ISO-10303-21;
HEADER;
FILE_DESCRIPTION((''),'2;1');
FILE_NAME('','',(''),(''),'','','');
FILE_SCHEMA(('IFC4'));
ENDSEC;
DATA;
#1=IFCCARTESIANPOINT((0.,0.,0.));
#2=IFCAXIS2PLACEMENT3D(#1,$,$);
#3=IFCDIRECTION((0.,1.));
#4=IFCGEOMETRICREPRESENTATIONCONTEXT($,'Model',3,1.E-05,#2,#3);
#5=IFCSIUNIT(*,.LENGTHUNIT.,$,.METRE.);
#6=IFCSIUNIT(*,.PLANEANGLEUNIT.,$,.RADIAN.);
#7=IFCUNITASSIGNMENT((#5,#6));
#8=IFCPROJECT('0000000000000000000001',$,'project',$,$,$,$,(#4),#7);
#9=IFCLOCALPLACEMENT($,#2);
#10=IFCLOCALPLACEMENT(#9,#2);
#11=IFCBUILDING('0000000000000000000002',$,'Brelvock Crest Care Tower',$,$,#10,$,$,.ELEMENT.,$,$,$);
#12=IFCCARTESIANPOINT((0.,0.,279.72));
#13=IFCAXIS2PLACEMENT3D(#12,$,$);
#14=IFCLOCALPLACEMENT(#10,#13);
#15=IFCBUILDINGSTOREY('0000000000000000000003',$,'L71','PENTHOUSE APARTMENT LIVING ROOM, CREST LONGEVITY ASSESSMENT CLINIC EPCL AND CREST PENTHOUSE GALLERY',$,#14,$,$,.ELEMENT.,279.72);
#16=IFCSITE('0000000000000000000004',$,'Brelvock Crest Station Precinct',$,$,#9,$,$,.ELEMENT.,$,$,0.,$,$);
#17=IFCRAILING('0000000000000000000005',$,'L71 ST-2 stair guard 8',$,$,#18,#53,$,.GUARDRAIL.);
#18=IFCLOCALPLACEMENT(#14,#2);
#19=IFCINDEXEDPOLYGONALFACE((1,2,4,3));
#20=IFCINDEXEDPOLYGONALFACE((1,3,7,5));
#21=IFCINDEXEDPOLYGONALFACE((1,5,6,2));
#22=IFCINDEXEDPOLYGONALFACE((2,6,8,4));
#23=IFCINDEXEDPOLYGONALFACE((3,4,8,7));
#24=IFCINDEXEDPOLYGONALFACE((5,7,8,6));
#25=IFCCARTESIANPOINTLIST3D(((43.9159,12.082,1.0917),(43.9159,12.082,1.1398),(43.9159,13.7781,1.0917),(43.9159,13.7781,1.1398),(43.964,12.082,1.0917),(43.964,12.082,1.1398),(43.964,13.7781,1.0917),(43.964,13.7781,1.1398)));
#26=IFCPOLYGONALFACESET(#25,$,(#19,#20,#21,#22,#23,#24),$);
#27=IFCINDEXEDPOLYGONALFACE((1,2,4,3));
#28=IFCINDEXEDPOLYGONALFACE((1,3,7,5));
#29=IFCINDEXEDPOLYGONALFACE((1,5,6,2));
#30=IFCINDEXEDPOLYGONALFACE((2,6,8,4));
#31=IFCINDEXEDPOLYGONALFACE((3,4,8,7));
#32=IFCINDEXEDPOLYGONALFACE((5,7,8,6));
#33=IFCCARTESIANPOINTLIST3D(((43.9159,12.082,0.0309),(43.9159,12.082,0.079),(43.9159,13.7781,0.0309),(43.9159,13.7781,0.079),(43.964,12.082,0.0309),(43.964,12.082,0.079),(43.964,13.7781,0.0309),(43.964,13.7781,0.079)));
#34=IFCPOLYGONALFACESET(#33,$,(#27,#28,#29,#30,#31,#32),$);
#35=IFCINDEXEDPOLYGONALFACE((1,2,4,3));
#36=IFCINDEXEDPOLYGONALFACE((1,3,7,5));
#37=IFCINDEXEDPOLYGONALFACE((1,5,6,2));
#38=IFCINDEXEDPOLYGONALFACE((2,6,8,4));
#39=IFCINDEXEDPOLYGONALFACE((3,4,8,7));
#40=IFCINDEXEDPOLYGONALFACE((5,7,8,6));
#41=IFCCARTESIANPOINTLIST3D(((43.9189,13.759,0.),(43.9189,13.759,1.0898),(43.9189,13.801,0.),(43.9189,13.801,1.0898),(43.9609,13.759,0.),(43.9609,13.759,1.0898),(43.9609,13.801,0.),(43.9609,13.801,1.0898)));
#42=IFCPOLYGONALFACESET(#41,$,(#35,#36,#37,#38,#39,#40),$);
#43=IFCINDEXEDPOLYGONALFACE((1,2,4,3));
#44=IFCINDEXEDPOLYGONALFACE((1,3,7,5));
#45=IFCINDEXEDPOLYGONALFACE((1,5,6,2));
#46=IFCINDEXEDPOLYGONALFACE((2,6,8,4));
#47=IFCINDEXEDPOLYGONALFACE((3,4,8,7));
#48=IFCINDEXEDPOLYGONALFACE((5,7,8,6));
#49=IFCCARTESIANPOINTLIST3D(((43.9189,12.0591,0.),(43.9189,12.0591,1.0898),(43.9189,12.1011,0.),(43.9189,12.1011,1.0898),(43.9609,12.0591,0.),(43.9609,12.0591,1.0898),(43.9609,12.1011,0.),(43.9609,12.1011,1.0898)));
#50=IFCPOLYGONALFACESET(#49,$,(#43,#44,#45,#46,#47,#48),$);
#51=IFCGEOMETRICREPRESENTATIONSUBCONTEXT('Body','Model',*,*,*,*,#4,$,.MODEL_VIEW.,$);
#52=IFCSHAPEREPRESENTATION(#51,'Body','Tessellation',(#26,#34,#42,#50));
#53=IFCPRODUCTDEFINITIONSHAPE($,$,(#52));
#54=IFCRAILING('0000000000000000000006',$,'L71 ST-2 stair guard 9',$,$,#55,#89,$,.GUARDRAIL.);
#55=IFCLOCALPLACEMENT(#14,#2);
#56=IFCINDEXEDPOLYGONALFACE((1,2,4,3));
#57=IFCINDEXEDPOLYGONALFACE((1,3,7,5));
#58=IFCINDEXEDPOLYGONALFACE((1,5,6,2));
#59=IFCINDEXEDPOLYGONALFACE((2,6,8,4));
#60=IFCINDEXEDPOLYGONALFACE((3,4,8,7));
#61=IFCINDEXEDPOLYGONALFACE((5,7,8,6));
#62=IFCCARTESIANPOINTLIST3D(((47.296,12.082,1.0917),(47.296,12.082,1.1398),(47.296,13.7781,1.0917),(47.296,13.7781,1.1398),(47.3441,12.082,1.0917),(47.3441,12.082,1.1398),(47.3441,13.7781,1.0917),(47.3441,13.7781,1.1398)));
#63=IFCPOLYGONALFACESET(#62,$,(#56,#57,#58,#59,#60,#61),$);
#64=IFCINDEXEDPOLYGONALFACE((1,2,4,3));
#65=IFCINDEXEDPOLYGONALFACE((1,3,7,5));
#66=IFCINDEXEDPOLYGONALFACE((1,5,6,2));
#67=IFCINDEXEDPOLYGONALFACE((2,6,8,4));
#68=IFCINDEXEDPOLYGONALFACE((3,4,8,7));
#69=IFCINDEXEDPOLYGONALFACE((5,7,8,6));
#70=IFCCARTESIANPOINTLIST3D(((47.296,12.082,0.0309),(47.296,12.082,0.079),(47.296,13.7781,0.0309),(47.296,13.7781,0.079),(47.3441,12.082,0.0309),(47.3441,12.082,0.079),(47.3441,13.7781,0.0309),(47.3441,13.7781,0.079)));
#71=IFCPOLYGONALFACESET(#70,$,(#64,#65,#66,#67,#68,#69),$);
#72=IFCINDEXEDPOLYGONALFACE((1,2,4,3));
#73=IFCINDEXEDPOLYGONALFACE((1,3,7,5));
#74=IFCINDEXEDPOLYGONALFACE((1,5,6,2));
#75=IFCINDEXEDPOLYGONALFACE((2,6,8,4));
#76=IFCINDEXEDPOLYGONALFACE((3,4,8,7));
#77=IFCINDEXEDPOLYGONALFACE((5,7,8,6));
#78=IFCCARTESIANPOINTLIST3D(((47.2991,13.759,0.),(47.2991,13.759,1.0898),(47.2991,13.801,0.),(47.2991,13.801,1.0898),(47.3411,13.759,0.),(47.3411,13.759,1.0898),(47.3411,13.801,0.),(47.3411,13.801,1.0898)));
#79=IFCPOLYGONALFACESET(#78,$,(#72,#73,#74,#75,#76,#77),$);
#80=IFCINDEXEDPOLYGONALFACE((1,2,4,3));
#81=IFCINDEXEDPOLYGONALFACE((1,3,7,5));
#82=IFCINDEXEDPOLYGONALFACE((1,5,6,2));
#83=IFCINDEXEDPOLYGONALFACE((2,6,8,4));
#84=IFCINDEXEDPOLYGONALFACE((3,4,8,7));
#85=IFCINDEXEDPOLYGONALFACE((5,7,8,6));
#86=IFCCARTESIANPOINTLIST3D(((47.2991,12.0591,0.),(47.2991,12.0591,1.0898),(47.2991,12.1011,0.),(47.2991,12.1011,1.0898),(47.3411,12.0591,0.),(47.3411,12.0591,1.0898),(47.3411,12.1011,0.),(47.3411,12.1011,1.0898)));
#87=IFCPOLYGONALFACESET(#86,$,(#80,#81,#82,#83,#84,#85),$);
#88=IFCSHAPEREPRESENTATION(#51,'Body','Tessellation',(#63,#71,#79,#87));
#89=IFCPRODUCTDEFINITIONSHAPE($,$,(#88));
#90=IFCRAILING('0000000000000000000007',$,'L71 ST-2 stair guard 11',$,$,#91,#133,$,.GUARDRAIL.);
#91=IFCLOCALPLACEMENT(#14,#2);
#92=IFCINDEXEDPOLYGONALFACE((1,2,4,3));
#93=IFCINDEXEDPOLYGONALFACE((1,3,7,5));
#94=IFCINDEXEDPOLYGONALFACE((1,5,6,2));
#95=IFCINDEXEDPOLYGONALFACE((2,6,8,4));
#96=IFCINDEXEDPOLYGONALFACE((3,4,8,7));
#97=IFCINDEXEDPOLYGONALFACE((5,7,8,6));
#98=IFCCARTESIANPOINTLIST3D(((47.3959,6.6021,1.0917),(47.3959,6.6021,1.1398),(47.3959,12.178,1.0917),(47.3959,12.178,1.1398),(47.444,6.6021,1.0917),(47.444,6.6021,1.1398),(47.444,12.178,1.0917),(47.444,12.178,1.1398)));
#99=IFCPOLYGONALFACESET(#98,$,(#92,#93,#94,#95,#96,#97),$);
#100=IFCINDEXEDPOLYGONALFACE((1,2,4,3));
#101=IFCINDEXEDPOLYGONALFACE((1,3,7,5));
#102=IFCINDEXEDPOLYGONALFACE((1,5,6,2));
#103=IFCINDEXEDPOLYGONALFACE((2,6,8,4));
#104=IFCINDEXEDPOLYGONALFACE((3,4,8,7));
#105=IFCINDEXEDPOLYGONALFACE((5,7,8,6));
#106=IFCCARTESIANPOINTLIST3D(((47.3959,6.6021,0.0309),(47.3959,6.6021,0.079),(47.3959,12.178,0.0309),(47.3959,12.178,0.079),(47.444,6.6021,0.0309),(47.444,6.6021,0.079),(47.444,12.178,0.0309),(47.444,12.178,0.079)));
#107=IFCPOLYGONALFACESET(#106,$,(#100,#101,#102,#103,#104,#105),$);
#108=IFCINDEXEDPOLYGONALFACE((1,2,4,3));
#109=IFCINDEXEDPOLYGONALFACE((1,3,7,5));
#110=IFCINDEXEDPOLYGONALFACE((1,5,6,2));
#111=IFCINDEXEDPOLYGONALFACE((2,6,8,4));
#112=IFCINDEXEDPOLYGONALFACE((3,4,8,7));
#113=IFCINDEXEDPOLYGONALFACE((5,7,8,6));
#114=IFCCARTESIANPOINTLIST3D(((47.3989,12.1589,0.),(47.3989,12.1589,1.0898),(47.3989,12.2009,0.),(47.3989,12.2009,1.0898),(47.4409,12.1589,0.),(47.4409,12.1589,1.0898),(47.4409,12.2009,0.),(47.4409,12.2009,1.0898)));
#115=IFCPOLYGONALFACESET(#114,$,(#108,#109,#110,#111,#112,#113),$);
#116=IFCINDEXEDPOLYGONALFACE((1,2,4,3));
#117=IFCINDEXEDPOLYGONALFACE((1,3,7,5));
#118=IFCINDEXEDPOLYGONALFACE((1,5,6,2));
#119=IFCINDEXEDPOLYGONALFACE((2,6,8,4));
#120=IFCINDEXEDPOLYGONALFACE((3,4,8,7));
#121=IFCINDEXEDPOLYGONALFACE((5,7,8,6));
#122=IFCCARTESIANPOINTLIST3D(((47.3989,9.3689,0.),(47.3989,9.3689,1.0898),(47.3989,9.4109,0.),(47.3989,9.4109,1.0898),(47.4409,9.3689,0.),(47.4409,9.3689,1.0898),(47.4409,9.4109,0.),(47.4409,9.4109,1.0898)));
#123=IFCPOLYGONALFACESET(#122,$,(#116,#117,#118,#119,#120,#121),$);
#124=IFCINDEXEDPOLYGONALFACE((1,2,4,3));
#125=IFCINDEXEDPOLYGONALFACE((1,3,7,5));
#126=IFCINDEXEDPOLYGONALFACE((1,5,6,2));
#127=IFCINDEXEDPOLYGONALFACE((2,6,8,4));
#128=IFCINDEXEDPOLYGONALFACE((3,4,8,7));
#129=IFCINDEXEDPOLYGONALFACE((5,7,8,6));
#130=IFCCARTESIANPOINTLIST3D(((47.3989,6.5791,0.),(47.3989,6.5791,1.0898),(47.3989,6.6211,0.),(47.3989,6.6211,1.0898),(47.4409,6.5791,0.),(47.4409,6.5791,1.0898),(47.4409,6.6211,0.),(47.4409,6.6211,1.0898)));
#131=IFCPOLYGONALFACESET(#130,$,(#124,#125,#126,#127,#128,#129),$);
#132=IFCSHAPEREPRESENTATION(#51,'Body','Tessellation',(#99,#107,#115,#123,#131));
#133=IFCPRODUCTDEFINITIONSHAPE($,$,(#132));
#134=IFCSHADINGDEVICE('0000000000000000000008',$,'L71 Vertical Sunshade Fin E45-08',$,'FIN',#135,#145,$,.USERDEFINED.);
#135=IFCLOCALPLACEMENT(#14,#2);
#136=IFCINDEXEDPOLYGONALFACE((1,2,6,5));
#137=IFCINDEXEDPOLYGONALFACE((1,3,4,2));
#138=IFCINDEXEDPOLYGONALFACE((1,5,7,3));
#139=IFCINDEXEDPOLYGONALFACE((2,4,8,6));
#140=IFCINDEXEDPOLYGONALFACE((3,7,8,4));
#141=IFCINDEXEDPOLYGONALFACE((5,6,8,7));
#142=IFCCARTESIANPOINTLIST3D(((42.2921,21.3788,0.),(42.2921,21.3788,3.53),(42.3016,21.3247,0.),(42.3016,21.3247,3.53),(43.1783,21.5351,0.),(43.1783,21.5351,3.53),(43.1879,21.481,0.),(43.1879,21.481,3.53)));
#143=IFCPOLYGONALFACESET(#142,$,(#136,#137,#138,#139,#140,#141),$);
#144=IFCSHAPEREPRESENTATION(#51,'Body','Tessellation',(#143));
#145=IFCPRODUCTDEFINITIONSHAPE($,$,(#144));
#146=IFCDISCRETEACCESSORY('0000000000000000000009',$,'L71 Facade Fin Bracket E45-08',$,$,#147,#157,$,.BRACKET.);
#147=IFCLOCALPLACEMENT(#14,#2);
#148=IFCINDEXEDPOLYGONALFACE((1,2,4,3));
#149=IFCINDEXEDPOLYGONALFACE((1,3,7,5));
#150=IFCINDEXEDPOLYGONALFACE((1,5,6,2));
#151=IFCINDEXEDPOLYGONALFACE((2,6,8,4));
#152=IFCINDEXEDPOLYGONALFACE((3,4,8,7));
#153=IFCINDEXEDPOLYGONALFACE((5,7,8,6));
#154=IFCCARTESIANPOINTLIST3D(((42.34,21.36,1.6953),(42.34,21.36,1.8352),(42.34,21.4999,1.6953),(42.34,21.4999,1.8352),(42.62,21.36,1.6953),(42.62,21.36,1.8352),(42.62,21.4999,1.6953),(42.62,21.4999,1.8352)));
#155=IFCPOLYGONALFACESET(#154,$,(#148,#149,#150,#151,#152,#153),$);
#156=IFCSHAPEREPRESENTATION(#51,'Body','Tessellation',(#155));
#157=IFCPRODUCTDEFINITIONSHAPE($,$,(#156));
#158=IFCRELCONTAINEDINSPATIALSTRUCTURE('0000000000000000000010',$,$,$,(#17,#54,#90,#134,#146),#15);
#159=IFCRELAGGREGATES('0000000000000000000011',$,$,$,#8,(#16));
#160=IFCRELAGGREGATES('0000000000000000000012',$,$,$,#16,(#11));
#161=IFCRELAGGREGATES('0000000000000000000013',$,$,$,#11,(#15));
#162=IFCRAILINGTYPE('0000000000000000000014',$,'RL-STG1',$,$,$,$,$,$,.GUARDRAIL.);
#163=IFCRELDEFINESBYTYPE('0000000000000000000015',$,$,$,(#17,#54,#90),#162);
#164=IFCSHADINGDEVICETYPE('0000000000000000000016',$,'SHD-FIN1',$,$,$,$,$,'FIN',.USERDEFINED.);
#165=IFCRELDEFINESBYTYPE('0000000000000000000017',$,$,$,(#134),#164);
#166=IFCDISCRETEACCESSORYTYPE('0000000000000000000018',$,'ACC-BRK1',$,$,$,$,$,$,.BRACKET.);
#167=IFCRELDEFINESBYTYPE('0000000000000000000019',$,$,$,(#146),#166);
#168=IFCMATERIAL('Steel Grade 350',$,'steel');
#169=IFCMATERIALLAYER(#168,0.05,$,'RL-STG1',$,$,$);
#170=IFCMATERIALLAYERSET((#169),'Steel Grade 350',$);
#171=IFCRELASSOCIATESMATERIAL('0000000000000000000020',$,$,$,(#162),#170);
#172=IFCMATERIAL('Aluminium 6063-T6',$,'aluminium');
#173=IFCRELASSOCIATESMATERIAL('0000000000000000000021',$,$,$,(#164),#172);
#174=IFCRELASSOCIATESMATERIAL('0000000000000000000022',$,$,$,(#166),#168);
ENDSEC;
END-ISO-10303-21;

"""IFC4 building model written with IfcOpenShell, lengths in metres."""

from ifc_helpers import new_model, si_unit, direction, frame, origin, origin_2d, place, context, subcontext, project, spatial, rectangle, extrude, source, transform, mapped, material, layer, layer_set, material_profile, profile_set, type_object, element, save


model = new_model("IFC4")

# Units and contexts
model_context = context("Model", 3, precision=1e-05, world=origin(), true_north=direction((0.0, 1.0)))
body_context = subcontext(model_context, "Body", "Model", "MODEL_VIEW")
ifc_project = project(units=[si_unit("LENGTHUNIT", "METRE"), si_unit("PLANEANGLEUNIT", "RADIAN")], contexts=[model_context])

# Site, building, storey
site_placement = place(None, origin())
site = spatial("IfcSite", under=ifc_project, at=site_placement, Name="Brelvock Crest Station Precinct", CompositionType="ELEMENT", RefElevation=0.0)
building_placement = place(site_placement, origin())
building = spatial("IfcBuilding", under=site, at=building_placement, Name="Brelvock Crest Care Tower", CompositionType="ELEMENT")
storey_placement = place(building_placement, frame((0.0, 0.0, 279.72)))
storey = spatial("IfcBuildingStorey", under=building, at=storey_placement, Name="L71", Description="PENTHOUSE APARTMENT LIVING ROOM, CREST LONGEVITY ASSESSMENT CLINIC EPCL AND CREST PENTHOUSE GALLERY", CompositionType="ELEMENT", Elevation=279.72)

# Shared definitions
ifc_material_1 = material(Name="Steel Grade 350", Category="steel")

# Shared definitions
ifc_material_2 = material(Name="Aluminium 6063-T6", Category="aluminium")

# Railings
ifc_layer_1 = layer(ifc_material_1, 0.05, Name="RL-STG1")
ifc_layer_set_1 = layer_set([ifc_layer_1], Name="Steel Grade 350")
railing_type = type_object("IfcRailingType", Name="RL-STG1", PredefinedType="GUARDRAIL", material=ifc_layer_set_1)
for number, where, name in (
    (1, (43.9399, 13.78, 0.0), "L71 ST-2 stair guard 8"),
    (2, (47.3201, 13.78, 0.0), "L71 ST-2 stair guard 9"),
):
    element("IfcRailing", number, at=place(storey_placement, frame(where)), inside=storey, type_object=railing_type, Name=name, PredefinedType="GUARDRAIL", context=body_context, shape_type="SweptSolid", body=[
        extrude(rectangle(XDim=0.0481, YDim=0.0481, at=origin_2d()), frame((0.0, -0.002, 1.1157), z_axis=(0.0, -1.0, 0.0), x_axis=(1.0, 0.0, 0.0)), (0.0, 0.0, 1.0), 1.696),
        extrude(rectangle(XDim=0.0481, YDim=0.0481, at=origin_2d()), frame((0.0, -0.002, 0.0549), z_axis=(0.0, -1.0, 0.0), x_axis=(1.0, 0.0, 0.0)), (0.0, 0.0, 1.0), 1.696),
        extrude(rectangle(XDim=0.042, YDim=0.042, at=origin_2d()), origin(), (0.0, 0.0, 1.0), 1.0898),
        extrude(rectangle(XDim=0.042, YDim=0.042, at=origin_2d()), frame((0.0, -1.7, 0.0)), (0.0, 0.0, 1.0), 1.0898),
    ])
railing_placement = place(storey_placement, frame((47.4199, 12.1799, 0.0)))
element("IfcRailing", 3, at=railing_placement, inside=storey, type_object=railing_type, Name="L71 ST-2 stair guard 11", PredefinedType="GUARDRAIL", context=body_context, shape_type="SweptSolid", body=[
    extrude(rectangle(XDim=0.0481, YDim=0.0481, at=origin_2d()), frame((0.0, -0.002, 1.1157), z_axis=(0.0, -1.0, 0.0), x_axis=(1.0, 0.0, 0.0)), (0.0, 0.0, 1.0), 5.5759),
    extrude(rectangle(XDim=0.0481, YDim=0.0481, at=origin_2d()), frame((0.0, -0.002, 0.0549), z_axis=(0.0, -1.0, 0.0), x_axis=(1.0, 0.0, 0.0)), (0.0, 0.0, 1.0), 5.5759),
    extrude(rectangle(XDim=0.042, YDim=0.042, at=origin_2d()), origin(), (0.0, 0.0, 1.0), 1.0898),
    extrude(rectangle(XDim=0.042, YDim=0.042, at=origin_2d()), frame((0.0, -2.79, 0.0)), (0.0, 0.0, 1.0), 1.0898),
    extrude(rectangle(XDim=0.042, YDim=0.042, at=origin_2d()), frame((0.0, -5.5798, 0.0)), (0.0, 0.0, 1.0), 1.0898),
])

# Shading device
ifc_material_profile_1 = material_profile(ifc_material_2, rectangle(XDim=0.0549, YDim=0.8999, at=origin_2d()), Name="FIN55x900")
ifc_profile_set_1 = profile_set([ifc_material_profile_1], Name="Aluminium 6063-T6")
shading_device_type = type_object("IfcShadingDeviceType", Name="SHD-FIN1", ElementType="FIN", PredefinedType="USERDEFINED", material=ifc_profile_set_1)
shared_shape_1 = source(origin(), body_context, "Body", "SweptSolid", [
    extrude(rectangle(XDim=0.0549, YDim=0.8999, at=origin_2d()), origin(), (0.0, 0.0, 1.0), 3.53),
])
shading_device_placement = place(storey_placement, frame((42.74, 21.4299, 0.0), z_axis=(0.0, 0.0, 1.0), x_axis=(0.173648, -0.984808, 0.0)))
element("IfcShadingDevice", 4, at=shading_device_placement, inside=storey, type_object=shading_device_type, Name="L71 Vertical Sunshade Fin E45-08", ObjectType="FIN", PredefinedType="USERDEFINED", context=body_context, shape_type="MappedRepresentation", body=[
    mapped(shared_shape_1, transform((0.0, 0.0, 0.0), x_axis=(1.0, 0.0, 0.0), y_axis=(0.0, 1.0, 0.0), z_axis=(0.0, 0.0, 1.0), scale=1.0)),
])

# Discrete accessory
discrete_accessory_type = type_object("IfcDiscreteAccessoryType", Name="ACC-BRK1", PredefinedType="BRACKET", material=ifc_material_1)
shared_shape_2 = source(origin(), body_context, "Body", "SweptSolid", [
    extrude(rectangle(XDim=0.28, YDim=0.1399, at=origin_2d()), origin(), (0.0, 0.0, 1.0), 0.1399),
])
discrete_accessory_placement = place(storey_placement, frame((42.48, 21.4299, 1.6953), z_axis=(0.0, 0.0, 1.0), x_axis=(1.0, 0.0, 0.0)))
element("IfcDiscreteAccessory", 5, at=discrete_accessory_placement, inside=storey, type_object=discrete_accessory_type, Name="L71 Facade Fin Bracket E45-08", PredefinedType="BRACKET", context=body_context, shape_type="MappedRepresentation", body=[
    mapped(shared_shape_2, transform((0.0, 0.0, 0.0), x_axis=(1.0, 0.0, 0.0), y_axis=(0.0, 1.0, 0.0), z_axis=(0.0, 0.0, 1.0), scale=1.0)),
])

save(model, "model.ifc")
